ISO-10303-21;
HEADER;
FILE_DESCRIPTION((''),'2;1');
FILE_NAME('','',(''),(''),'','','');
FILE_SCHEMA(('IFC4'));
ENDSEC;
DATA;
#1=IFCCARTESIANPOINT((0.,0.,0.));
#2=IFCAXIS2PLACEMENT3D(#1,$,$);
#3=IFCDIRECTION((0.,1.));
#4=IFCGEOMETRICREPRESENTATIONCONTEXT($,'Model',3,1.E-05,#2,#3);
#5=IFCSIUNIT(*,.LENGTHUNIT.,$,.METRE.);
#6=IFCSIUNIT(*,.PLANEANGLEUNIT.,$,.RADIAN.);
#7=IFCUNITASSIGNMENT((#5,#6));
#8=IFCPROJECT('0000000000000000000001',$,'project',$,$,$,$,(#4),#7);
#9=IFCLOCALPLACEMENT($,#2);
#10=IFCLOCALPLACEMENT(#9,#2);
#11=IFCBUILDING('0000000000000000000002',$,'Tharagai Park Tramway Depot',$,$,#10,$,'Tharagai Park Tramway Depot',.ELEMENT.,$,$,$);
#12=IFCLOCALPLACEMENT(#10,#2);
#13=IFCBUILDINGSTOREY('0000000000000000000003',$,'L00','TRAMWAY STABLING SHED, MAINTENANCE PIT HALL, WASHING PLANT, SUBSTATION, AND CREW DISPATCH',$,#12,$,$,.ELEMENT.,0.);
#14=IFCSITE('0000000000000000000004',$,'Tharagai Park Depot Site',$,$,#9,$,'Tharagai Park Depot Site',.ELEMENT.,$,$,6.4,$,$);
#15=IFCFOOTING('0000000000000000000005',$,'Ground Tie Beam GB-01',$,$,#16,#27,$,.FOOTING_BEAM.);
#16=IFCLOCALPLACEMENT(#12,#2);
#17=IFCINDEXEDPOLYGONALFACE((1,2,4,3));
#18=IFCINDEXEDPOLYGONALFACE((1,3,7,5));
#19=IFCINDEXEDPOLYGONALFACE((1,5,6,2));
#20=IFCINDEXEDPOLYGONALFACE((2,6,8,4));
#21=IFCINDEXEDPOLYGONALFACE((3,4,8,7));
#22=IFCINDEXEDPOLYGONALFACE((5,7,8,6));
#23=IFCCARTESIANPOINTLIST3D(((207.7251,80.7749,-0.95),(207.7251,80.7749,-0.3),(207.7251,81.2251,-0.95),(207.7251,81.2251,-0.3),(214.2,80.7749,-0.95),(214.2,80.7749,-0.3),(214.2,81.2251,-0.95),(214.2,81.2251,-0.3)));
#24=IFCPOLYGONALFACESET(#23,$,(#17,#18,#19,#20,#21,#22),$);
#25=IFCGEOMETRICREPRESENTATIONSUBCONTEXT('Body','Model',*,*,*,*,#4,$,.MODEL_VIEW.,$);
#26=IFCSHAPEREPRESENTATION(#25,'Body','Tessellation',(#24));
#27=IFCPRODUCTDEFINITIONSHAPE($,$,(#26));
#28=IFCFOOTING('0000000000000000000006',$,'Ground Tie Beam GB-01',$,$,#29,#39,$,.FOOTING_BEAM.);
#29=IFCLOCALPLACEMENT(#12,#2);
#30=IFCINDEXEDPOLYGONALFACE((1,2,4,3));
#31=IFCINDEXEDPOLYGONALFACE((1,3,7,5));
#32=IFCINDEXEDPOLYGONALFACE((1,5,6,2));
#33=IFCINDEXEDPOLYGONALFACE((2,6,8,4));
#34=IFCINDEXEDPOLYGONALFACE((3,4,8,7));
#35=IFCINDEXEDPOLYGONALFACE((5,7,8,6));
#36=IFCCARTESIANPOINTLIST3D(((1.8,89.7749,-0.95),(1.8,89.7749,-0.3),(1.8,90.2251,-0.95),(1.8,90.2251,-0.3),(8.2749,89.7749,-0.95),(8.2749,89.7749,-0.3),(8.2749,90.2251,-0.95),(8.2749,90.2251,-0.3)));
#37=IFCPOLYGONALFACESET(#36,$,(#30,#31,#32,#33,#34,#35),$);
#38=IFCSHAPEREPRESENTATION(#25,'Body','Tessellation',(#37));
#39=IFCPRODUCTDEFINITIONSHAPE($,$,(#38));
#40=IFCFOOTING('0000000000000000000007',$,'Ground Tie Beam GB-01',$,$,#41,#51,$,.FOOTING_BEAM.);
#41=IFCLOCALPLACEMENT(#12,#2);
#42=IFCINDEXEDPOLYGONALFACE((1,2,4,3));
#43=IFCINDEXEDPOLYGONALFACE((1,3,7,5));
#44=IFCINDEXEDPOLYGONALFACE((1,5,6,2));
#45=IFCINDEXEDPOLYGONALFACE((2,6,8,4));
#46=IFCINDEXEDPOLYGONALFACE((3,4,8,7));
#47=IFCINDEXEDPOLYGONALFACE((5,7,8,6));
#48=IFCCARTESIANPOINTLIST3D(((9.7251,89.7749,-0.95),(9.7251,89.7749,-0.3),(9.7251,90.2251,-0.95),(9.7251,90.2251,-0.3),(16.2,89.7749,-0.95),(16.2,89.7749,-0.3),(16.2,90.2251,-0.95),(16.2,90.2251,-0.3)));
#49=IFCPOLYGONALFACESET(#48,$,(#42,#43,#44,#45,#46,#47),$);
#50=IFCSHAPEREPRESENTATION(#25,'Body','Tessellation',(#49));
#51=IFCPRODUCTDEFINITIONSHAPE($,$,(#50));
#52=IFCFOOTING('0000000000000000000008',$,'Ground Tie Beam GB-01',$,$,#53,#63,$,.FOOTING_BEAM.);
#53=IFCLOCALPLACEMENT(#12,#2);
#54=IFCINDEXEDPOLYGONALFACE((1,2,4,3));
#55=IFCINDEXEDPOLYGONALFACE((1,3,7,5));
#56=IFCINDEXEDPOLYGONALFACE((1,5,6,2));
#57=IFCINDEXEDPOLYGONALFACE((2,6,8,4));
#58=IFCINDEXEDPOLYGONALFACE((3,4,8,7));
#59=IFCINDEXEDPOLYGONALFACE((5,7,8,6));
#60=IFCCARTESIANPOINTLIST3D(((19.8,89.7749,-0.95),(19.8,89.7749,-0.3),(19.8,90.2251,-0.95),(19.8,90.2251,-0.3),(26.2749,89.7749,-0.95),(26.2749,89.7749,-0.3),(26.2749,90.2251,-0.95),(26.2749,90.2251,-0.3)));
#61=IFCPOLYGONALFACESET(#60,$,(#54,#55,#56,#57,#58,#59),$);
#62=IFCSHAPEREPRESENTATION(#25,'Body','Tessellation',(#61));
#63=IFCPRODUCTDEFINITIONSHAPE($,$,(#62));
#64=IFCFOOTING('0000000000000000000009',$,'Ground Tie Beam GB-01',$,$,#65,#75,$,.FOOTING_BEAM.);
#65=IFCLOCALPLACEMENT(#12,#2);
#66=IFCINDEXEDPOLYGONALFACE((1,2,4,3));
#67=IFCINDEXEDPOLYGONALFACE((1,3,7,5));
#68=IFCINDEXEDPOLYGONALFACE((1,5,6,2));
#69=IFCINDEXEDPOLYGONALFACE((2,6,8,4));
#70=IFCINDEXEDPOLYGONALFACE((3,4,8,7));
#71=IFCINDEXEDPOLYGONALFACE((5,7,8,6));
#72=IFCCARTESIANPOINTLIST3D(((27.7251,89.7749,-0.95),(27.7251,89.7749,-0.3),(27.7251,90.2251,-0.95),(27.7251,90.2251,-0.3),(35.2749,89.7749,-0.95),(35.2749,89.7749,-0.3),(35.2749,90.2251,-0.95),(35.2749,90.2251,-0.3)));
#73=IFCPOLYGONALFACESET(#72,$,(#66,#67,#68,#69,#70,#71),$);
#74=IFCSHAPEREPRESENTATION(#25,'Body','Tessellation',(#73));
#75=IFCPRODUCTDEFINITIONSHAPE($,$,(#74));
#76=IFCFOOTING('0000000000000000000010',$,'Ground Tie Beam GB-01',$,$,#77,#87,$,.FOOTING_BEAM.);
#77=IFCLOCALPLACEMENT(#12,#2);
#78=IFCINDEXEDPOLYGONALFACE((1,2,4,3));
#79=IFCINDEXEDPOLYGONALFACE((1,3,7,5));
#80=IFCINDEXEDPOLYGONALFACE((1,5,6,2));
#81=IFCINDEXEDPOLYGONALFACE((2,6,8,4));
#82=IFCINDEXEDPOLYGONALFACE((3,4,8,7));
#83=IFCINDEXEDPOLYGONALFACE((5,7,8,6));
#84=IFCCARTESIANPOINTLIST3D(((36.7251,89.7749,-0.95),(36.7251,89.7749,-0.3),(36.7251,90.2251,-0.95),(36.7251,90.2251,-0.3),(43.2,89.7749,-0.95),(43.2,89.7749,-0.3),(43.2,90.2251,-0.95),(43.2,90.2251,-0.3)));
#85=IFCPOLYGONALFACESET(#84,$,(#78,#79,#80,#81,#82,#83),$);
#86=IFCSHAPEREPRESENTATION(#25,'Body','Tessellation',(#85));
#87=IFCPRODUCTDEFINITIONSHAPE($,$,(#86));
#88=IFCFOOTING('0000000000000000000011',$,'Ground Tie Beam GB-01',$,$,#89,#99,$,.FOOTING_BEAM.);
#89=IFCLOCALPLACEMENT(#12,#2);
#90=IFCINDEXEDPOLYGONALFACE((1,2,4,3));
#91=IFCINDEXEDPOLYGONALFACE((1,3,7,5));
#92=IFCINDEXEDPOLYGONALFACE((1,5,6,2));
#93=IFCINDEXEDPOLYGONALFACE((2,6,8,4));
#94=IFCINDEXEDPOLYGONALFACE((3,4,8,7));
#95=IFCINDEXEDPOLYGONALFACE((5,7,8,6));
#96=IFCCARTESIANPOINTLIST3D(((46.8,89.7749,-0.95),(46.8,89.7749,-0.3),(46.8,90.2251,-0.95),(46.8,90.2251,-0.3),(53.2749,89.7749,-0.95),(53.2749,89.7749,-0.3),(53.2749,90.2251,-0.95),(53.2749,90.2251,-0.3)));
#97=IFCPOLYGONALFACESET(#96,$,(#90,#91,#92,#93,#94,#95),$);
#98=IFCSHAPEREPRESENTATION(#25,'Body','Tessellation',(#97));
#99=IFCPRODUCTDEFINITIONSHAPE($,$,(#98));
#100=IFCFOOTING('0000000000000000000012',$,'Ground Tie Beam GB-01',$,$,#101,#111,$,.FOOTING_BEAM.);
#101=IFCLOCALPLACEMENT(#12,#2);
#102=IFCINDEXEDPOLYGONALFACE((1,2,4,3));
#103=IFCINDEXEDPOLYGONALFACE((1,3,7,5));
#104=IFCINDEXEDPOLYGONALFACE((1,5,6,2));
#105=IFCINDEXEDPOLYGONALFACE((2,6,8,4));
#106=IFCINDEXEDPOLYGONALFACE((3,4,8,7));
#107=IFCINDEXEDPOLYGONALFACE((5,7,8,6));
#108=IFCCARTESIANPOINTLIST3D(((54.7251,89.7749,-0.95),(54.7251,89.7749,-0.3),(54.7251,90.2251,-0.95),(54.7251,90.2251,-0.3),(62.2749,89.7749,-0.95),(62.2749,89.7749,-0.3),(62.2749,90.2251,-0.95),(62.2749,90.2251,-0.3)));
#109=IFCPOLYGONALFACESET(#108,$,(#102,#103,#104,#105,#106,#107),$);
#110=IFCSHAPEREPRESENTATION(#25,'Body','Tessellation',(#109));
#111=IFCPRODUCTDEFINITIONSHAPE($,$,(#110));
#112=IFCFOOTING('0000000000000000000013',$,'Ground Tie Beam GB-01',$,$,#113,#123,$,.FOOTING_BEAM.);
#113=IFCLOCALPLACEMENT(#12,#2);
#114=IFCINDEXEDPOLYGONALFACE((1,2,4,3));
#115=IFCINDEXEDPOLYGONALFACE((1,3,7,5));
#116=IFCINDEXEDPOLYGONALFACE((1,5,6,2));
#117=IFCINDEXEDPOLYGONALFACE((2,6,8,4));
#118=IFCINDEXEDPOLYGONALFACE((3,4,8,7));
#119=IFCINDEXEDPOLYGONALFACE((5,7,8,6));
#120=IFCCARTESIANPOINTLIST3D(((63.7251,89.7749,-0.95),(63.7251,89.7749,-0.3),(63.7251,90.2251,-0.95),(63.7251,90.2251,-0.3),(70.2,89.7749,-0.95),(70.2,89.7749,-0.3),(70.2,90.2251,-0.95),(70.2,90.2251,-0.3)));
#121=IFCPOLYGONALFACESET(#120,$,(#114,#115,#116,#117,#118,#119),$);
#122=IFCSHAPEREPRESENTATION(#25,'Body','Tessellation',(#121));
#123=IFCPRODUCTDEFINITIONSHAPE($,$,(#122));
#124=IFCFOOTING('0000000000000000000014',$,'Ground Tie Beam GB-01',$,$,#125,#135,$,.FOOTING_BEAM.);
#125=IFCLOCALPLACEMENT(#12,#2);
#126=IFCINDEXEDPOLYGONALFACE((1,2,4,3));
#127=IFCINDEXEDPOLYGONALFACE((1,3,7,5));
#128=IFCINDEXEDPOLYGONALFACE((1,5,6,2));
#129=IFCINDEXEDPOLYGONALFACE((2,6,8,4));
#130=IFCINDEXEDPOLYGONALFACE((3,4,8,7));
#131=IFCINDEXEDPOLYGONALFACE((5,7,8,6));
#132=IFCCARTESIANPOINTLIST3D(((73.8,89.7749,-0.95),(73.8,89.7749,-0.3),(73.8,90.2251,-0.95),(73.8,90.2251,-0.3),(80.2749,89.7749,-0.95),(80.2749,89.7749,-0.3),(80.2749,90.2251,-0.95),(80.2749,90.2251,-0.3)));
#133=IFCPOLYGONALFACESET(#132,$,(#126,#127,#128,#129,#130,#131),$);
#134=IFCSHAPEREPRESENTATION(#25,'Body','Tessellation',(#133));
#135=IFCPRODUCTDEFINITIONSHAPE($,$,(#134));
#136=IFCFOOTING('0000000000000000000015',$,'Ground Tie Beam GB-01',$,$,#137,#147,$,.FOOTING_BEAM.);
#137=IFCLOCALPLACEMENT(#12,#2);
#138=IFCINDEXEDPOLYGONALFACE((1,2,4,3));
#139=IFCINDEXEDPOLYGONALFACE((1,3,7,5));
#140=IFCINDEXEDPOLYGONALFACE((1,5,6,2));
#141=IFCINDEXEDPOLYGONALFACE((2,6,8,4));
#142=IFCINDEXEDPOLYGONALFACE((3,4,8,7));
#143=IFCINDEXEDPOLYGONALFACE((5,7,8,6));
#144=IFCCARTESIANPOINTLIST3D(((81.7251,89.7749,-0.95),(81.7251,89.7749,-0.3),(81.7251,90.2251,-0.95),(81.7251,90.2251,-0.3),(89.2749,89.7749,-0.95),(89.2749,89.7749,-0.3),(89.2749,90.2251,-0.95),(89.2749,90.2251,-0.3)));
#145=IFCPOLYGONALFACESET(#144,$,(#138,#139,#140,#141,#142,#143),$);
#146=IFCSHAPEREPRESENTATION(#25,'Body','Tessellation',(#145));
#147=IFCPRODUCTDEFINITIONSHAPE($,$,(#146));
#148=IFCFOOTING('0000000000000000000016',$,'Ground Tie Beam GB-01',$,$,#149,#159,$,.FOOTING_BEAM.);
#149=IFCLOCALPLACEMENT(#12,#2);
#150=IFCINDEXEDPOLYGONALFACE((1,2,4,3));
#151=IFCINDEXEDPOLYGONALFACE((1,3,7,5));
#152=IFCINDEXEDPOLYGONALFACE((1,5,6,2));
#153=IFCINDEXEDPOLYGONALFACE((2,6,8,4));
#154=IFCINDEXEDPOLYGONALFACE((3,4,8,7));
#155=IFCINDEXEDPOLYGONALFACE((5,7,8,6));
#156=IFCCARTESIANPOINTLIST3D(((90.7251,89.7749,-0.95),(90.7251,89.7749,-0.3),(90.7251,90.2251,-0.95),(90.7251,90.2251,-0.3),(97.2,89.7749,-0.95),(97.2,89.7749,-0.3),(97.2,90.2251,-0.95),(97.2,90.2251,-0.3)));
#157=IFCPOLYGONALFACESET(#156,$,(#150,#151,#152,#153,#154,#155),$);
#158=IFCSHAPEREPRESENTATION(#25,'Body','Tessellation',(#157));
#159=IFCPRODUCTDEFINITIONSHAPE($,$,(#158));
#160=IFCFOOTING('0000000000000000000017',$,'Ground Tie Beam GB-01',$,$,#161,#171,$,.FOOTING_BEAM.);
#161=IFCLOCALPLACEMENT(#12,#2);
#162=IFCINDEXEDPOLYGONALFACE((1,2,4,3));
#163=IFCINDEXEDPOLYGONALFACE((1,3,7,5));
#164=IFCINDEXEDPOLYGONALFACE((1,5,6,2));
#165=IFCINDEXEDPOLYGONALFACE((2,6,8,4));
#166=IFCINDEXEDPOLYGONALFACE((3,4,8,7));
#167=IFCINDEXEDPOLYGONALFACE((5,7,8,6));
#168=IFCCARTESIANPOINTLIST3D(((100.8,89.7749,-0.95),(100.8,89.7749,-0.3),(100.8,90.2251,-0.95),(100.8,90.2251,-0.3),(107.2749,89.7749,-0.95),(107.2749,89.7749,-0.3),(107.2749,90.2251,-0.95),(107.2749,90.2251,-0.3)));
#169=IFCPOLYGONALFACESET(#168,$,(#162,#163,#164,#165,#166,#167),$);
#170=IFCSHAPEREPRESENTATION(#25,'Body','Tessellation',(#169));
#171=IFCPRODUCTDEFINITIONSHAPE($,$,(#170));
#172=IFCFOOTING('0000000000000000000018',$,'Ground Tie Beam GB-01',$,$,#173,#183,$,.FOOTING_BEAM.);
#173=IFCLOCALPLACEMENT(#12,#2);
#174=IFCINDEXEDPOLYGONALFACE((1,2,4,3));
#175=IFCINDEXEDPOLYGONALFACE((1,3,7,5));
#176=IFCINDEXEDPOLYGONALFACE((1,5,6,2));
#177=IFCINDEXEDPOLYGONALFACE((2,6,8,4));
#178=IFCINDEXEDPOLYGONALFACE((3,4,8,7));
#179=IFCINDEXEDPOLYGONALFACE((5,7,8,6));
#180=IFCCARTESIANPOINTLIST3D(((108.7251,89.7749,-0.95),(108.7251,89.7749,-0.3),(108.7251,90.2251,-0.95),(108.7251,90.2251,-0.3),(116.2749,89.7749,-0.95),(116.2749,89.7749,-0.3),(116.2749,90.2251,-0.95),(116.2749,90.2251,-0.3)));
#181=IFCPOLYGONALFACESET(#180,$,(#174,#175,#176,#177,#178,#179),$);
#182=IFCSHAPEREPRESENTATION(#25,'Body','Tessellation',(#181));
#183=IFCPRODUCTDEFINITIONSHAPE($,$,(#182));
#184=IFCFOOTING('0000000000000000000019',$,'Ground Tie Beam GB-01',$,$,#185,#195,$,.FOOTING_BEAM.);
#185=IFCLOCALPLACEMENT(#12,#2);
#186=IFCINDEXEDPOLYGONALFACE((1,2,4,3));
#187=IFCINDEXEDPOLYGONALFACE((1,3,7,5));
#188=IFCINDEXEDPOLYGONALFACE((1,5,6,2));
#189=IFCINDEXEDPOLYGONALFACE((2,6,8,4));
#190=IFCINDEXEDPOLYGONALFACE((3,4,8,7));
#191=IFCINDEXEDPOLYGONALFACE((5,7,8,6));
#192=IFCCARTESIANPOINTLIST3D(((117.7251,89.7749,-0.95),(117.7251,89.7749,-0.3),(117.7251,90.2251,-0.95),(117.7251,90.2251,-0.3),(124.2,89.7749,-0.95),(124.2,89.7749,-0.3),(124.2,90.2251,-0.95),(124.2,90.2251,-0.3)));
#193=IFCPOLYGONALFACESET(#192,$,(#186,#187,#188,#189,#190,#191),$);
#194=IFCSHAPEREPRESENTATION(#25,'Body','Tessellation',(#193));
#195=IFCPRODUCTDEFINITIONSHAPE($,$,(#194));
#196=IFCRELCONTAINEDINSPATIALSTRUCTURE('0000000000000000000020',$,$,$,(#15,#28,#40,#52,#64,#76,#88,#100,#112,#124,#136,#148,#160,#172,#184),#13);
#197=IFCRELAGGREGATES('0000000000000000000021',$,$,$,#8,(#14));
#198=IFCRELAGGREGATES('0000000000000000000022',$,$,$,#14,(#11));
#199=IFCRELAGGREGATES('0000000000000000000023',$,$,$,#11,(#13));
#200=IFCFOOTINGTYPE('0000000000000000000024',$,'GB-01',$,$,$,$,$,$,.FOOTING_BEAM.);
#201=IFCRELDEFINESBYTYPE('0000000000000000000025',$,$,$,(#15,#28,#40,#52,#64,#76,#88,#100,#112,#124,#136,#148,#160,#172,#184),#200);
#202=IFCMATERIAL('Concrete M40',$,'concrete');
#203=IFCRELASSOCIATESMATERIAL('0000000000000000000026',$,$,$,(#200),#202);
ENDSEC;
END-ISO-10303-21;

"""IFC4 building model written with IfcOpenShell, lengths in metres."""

from ifc_helpers import new_model, si_unit, direction, frame, origin, place, context, subcontext, project, spatial, polyline, outline, extrude, material, type_object, element, save


model = new_model("IFC4")

# Units and contexts
model_context = context("Model", 3, precision=1e-05, world=origin(), true_north=direction((0.0, 1.0)))
body_context = subcontext(model_context, "Body", "Model", "MODEL_VIEW")
ifc_project = project(units=[si_unit("LENGTHUNIT", "METRE"), si_unit("PLANEANGLEUNIT", "RADIAN")], contexts=[model_context])

# Site, building, storey
site_placement = place(None, origin())
site = spatial("IfcSite", under=ifc_project, at=site_placement, Name="Tharagai Park Depot Site", LongName="Tharagai Park Depot Site", CompositionType="ELEMENT", RefElevation=6.4)
building_placement = place(site_placement, origin())
building = spatial("IfcBuilding", under=site, at=building_placement, Name="Tharagai Park Tramway Depot", LongName="Tharagai Park Tramway Depot", CompositionType="ELEMENT")
storey_placement = place(building_placement, origin())
storey = spatial("IfcBuildingStorey", under=building, at=storey_placement, Name="L00", Description="TRAMWAY STABLING SHED, MAINTENANCE PIT HALL, WASHING PLANT, SUBSTATION, AND CREW DISPATCH", CompositionType="ELEMENT", Elevation=0.0)

# Footings
ifc_material = material(Name="Concrete M40", Category="concrete")
footing_type_1 = type_object("IfcFootingType", Name="GB-01", PredefinedType="FOOTING_BEAM", material=ifc_material)
footing_1_placement = place(storey_placement, frame((0.0, 0.0, -0.95)))
element("IfcFooting", 1, at=footing_1_placement, inside=storey, type_object=footing_type_1, Name="Ground Tie Beam GB-01", PredefinedType="FOOTING_BEAM", context=body_context, shape_type="SweptSolid", body=[
    extrude(outline(polyline([(207.7251, 80.7749), (214.2, 80.7749), (214.2, 81.2251), (207.7251, 81.2251), (207.7251, 80.7749)])), origin(), (0.0, 0.0, 1.0), 0.6499),
])
footing_2_placement = place(storey_placement, frame((0.0, 0.0, -0.95)))
element("IfcFooting", 2, at=footing_2_placement, inside=storey, type_object=footing_type_1, Name="Ground Tie Beam GB-01", PredefinedType="FOOTING_BEAM", context=body_context, shape_type="SweptSolid", body=[
    extrude(outline(polyline([(1.8, 89.7749), (8.2749, 89.7749), (8.2749, 90.2251), (1.8, 90.2251), (1.8, 89.7749)])), origin(), (0.0, 0.0, 1.0), 0.6499),
])
footing_3_placement = place(storey_placement, frame((0.0, 0.0, -0.95)))
element("IfcFooting", 3, at=footing_3_placement, inside=storey, type_object=footing_type_1, Name="Ground Tie Beam GB-01", PredefinedType="FOOTING_BEAM", context=body_context, shape_type="SweptSolid", body=[
    extrude(outline(polyline([(9.7251, 89.7749), (16.2, 89.7749), (16.2, 90.2251), (9.7251, 90.2251), (9.7251, 89.7749)])), origin(), (0.0, 0.0, 1.0), 0.6499),
])
footing_4_placement = place(storey_placement, frame((0.0, 0.0, -0.95)))
element("IfcFooting", 4, at=footing_4_placement, inside=storey, type_object=footing_type_1, Name="Ground Tie Beam GB-01", PredefinedType="FOOTING_BEAM", context=body_context, shape_type="SweptSolid", body=[
    extrude(outline(polyline([(19.8, 89.7749), (26.2749, 89.7749), (26.2749, 90.2251), (19.8, 90.2251), (19.8, 89.7749)])), origin(), (0.0, 0.0, 1.0), 0.6499),
])
footing_5_placement = place(storey_placement, frame((0.0, 0.0, -0.95)))
element("IfcFooting", 5, at=footing_5_placement, inside=storey, type_object=footing_type_1, Name="Ground Tie Beam GB-01", PredefinedType="FOOTING_BEAM", context=body_context, shape_type="SweptSolid", body=[
    extrude(outline(polyline([(27.7251, 89.7749), (35.2749, 89.7749), (35.2749, 90.2251), (27.7251, 90.2251), (27.7251, 89.7749)])), origin(), (0.0, 0.0, 1.0), 0.6499),
])
footing_6_placement = place(storey_placement, frame((0.0, 0.0, -0.95)))
element("IfcFooting", 6, at=footing_6_placement, inside=storey, type_object=footing_type_1, Name="Ground Tie Beam GB-01", PredefinedType="FOOTING_BEAM", context=body_context, shape_type="SweptSolid", body=[
    extrude(outline(polyline([(36.7251, 89.7749), (43.2, 89.7749), (43.2, 90.2251), (36.7251, 90.2251), (36.7251, 89.7749)])), origin(), (0.0, 0.0, 1.0), 0.6499),
])
footing_7_placement = place(storey_placement, frame((0.0, 0.0, -0.95)))
element("IfcFooting", 7, at=footing_7_placement, inside=storey, type_object=footing_type_1, Name="Ground Tie Beam GB-01", PredefinedType="FOOTING_BEAM", context=body_context, shape_type="SweptSolid", body=[
    extrude(outline(polyline([(46.8, 89.7749), (53.2749, 89.7749), (53.2749, 90.2251), (46.8, 90.2251), (46.8, 89.7749)])), origin(), (0.0, 0.0, 1.0), 0.6499),
])
footing_8_placement = place(storey_placement, frame((0.0, 0.0, -0.95)))
element("IfcFooting", 8, at=footing_8_placement, inside=storey, type_object=footing_type_1, Name="Ground Tie Beam GB-01", PredefinedType="FOOTING_BEAM", context=body_context, shape_type="SweptSolid", body=[
    extrude(outline(polyline([(54.7251, 89.7749), (62.2749, 89.7749), (62.2749, 90.2251), (54.7251, 90.2251), (54.7251, 89.7749)])), origin(), (0.0, 0.0, 1.0), 0.6499),
])
footing_9_placement = place(storey_placement, frame((0.0, 0.0, -0.95)))
element("IfcFooting", 9, at=footing_9_placement, inside=storey, type_object=footing_type_1, Name="Ground Tie Beam GB-01", PredefinedType="FOOTING_BEAM", context=body_context, shape_type="SweptSolid", body=[
    extrude(outline(polyline([(63.7251, 89.7749), (70.2, 89.7749), (70.2, 90.2251), (63.7251, 90.2251), (63.7251, 89.7749)])), origin(), (0.0, 0.0, 1.0), 0.6499),
])
footing_10_placement = place(storey_placement, frame((0.0, 0.0, -0.95)))
element("IfcFooting", 10, at=footing_10_placement, inside=storey, type_object=footing_type_1, Name="Ground Tie Beam GB-01", PredefinedType="FOOTING_BEAM", context=body_context, shape_type="SweptSolid", body=[
    extrude(outline(polyline([(73.8, 89.7749), (80.2749, 89.7749), (80.2749, 90.2251), (73.8, 90.2251), (73.8, 89.7749)])), origin(), (0.0, 0.0, 1.0), 0.6499),
])
footing_11_placement = place(storey_placement, frame((0.0, 0.0, -0.95)))
element("IfcFooting", 11, at=footing_11_placement, inside=storey, type_object=footing_type_1, Name="Ground Tie Beam GB-01", PredefinedType="FOOTING_BEAM", context=body_context, shape_type="SweptSolid", body=[
    extrude(outline(polyline([(81.7251, 89.7749), (89.2749, 89.7749), (89.2749, 90.2251), (81.7251, 90.2251), (81.7251, 89.7749)])), origin(), (0.0, 0.0, 1.0), 0.6499),
])
footing_12_placement = place(storey_placement, frame((0.0, 0.0, -0.95)))
element("IfcFooting", 12, at=footing_12_placement, inside=storey, type_object=footing_type_1, Name="Ground Tie Beam GB-01", PredefinedType="FOOTING_BEAM", context=body_context, shape_type="SweptSolid", body=[
    extrude(outline(polyline([(90.7251, 89.7749), (97.2, 89.7749), (97.2, 90.2251), (90.7251, 90.2251), (90.7251, 89.7749)])), origin(), (0.0, 0.0, 1.0), 0.6499),
])
footing_13_placement = place(storey_placement, frame((0.0, 0.0, -0.95)))
element("IfcFooting", 13, at=footing_13_placement, inside=storey, type_object=footing_type_1, Name="Ground Tie Beam GB-01", PredefinedType="FOOTING_BEAM", context=body_context, shape_type="SweptSolid", body=[
    extrude(outline(polyline([(100.8, 89.7749), (107.2749, 89.7749), (107.2749, 90.2251), (100.8, 90.2251), (100.8, 89.7749)])), origin(), (0.0, 0.0, 1.0), 0.6499),
])
footing_14_placement = place(storey_placement, frame((0.0, 0.0, -0.95)))
element("IfcFooting", 14, at=footing_14_placement, inside=storey, type_object=footing_type_1, Name="Ground Tie Beam GB-01", PredefinedType="FOOTING_BEAM", context=body_context, shape_type="SweptSolid", body=[
    extrude(outline(polyline([(108.7251, 89.7749), (116.2749, 89.7749), (116.2749, 90.2251), (108.7251, 90.2251), (108.7251, 89.7749)])), origin(), (0.0, 0.0, 1.0), 0.6499),
])
footing_15_placement = place(storey_placement, frame((0.0, 0.0, -0.95)))
element("IfcFooting", 15, at=footing_15_placement, inside=storey, type_object=footing_type_1, Name="Ground Tie Beam GB-01", PredefinedType="FOOTING_BEAM", context=body_context, shape_type="SweptSolid", body=[
    extrude(outline(polyline([(117.7251, 89.7749), (124.2, 89.7749), (124.2, 90.2251), (117.7251, 90.2251), (117.7251, 89.7749)])), origin(), (0.0, 0.0, 1.0), 0.6499),
])

save(model, "model.ifc")
